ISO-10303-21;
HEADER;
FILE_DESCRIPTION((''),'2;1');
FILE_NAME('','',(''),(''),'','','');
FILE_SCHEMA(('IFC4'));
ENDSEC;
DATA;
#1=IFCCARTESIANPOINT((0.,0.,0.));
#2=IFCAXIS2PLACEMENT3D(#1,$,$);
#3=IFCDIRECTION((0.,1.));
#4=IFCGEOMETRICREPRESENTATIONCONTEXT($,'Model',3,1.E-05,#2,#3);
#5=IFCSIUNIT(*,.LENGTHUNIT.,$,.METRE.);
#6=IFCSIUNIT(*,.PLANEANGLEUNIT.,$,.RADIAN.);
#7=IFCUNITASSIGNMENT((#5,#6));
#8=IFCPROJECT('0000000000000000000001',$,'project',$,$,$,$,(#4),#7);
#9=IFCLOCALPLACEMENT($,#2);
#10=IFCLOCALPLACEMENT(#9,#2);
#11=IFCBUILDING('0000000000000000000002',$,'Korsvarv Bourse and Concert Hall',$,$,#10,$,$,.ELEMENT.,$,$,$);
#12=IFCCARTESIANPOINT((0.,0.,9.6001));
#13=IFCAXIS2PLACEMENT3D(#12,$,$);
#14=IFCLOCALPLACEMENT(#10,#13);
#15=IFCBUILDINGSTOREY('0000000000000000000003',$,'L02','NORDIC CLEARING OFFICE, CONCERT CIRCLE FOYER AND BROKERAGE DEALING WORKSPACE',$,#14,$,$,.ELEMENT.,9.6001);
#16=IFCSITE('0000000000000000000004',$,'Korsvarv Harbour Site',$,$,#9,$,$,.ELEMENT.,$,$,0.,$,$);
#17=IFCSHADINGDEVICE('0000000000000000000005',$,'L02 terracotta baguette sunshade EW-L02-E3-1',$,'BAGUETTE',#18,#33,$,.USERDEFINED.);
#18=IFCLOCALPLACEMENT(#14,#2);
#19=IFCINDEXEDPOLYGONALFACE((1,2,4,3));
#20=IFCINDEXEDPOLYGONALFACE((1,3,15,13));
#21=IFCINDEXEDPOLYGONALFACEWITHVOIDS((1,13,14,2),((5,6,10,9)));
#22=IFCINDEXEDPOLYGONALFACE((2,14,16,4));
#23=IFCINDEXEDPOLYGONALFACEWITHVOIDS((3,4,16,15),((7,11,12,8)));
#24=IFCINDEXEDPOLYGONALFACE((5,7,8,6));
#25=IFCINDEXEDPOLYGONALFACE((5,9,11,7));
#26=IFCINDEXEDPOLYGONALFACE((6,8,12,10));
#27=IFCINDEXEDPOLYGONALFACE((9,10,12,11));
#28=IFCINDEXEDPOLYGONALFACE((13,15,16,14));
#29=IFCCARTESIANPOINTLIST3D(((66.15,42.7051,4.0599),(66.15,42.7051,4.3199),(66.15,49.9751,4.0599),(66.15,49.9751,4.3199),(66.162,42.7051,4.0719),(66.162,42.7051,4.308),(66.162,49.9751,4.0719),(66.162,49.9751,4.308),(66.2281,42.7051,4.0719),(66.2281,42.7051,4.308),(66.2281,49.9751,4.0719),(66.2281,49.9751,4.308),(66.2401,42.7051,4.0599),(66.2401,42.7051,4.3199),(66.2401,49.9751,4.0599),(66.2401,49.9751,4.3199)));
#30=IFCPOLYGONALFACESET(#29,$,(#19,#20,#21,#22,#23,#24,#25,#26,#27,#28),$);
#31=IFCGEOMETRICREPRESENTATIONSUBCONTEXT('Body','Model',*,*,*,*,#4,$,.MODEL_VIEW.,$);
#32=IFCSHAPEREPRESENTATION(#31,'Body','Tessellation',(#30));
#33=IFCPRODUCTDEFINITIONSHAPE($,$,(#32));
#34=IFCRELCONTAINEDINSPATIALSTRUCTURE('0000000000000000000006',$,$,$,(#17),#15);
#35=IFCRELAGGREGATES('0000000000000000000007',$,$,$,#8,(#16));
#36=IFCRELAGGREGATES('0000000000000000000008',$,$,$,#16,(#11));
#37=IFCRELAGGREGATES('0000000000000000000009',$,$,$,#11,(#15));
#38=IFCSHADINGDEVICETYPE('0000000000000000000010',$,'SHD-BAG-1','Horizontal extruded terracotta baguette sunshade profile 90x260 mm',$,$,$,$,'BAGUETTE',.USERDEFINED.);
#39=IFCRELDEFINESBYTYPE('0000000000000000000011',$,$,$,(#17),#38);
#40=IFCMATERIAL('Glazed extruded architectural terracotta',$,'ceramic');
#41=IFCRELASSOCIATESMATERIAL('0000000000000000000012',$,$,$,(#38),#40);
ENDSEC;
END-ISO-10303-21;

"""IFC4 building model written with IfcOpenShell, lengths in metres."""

from ifc_helpers import new_model, si_unit, direction, frame, origin, origin_2d, place, context, subcontext, project, spatial, hollow_rectangle, extrude, source, transform, mapped, material, material_profile, profile_set, type_object, element, save


model = new_model("IFC4")

# Units and contexts
model_context = context("Model", 3, precision=1e-05, world=origin(), true_north=direction((0.0, 1.0)))
body_context = subcontext(model_context, "Body", "Model", "MODEL_VIEW")
ifc_project = project(units=[si_unit("LENGTHUNIT", "METRE"), si_unit("PLANEANGLEUNIT", "RADIAN")], contexts=[model_context])

# Site, building, storey
site_placement = place(None, origin())
site = spatial("IfcSite", under=ifc_project, at=site_placement, Name="Korsvarv Harbour Site", CompositionType="ELEMENT", RefElevation=0.0)
building_placement = place(site_placement, origin())
building = spatial("IfcBuilding", under=site, at=building_placement, Name="Korsvarv Bourse and Concert Hall", CompositionType="ELEMENT")
storey_placement = place(building_placement, frame((0.0, 0.0, 9.6001)))
storey = spatial("IfcBuildingStorey", under=building, at=storey_placement, Name="L02", Description="NORDIC CLEARING OFFICE, CONCERT CIRCLE FOYER AND BROKERAGE DEALING WORKSPACE", CompositionType="ELEMENT", Elevation=9.6001)

# Shading device
ifc_material_1 = material(Name="Glazed extruded architectural terracotta", Category="ceramic")
ifc_material_profile_1 = material_profile(ifc_material_1, hollow_rectangle(XDim=0.0901, YDim=0.26, WallThickness=0.012, at=origin_2d()), Name="TC-BAG 90x260")
ifc_profile_set_1 = profile_set([ifc_material_profile_1], Name="Glazed extruded architectural terracotta")
shading_device_type = type_object("IfcShadingDeviceType", Name="SHD-BAG-1", Description="Horizontal extruded terracotta baguette sunshade profile 90x260 mm", ElementType="BAGUETTE", PredefinedType="USERDEFINED", material=ifc_profile_set_1)
shared_shape_1 = source(origin(), body_context, "Body", "SweptSolid", [
    extrude(hollow_rectangle(XDim=0.0901, YDim=0.26, WallThickness=0.012, at=origin_2d()), origin(), (0.0, 0.0, 1.0), 7.27),
])
shading_device_placement = place(storey_placement, frame((66.1951, 42.7051, 4.1899), z_axis=(0.0, 1.0, 0.0), x_axis=(-1.0, 0.0, 0.0)))
element("IfcShadingDevice", 1, at=shading_device_placement, inside=storey, type_object=shading_device_type, Name="L02 terracotta baguette sunshade EW-L02-E3-1", ObjectType="BAGUETTE", PredefinedType="USERDEFINED", context=body_context, shape_type="MappedRepresentation", body=[
    mapped(shared_shape_1, transform((0.0, 0.0, 0.0), scale=1.0)),
])

save(model, "model.ifc")
